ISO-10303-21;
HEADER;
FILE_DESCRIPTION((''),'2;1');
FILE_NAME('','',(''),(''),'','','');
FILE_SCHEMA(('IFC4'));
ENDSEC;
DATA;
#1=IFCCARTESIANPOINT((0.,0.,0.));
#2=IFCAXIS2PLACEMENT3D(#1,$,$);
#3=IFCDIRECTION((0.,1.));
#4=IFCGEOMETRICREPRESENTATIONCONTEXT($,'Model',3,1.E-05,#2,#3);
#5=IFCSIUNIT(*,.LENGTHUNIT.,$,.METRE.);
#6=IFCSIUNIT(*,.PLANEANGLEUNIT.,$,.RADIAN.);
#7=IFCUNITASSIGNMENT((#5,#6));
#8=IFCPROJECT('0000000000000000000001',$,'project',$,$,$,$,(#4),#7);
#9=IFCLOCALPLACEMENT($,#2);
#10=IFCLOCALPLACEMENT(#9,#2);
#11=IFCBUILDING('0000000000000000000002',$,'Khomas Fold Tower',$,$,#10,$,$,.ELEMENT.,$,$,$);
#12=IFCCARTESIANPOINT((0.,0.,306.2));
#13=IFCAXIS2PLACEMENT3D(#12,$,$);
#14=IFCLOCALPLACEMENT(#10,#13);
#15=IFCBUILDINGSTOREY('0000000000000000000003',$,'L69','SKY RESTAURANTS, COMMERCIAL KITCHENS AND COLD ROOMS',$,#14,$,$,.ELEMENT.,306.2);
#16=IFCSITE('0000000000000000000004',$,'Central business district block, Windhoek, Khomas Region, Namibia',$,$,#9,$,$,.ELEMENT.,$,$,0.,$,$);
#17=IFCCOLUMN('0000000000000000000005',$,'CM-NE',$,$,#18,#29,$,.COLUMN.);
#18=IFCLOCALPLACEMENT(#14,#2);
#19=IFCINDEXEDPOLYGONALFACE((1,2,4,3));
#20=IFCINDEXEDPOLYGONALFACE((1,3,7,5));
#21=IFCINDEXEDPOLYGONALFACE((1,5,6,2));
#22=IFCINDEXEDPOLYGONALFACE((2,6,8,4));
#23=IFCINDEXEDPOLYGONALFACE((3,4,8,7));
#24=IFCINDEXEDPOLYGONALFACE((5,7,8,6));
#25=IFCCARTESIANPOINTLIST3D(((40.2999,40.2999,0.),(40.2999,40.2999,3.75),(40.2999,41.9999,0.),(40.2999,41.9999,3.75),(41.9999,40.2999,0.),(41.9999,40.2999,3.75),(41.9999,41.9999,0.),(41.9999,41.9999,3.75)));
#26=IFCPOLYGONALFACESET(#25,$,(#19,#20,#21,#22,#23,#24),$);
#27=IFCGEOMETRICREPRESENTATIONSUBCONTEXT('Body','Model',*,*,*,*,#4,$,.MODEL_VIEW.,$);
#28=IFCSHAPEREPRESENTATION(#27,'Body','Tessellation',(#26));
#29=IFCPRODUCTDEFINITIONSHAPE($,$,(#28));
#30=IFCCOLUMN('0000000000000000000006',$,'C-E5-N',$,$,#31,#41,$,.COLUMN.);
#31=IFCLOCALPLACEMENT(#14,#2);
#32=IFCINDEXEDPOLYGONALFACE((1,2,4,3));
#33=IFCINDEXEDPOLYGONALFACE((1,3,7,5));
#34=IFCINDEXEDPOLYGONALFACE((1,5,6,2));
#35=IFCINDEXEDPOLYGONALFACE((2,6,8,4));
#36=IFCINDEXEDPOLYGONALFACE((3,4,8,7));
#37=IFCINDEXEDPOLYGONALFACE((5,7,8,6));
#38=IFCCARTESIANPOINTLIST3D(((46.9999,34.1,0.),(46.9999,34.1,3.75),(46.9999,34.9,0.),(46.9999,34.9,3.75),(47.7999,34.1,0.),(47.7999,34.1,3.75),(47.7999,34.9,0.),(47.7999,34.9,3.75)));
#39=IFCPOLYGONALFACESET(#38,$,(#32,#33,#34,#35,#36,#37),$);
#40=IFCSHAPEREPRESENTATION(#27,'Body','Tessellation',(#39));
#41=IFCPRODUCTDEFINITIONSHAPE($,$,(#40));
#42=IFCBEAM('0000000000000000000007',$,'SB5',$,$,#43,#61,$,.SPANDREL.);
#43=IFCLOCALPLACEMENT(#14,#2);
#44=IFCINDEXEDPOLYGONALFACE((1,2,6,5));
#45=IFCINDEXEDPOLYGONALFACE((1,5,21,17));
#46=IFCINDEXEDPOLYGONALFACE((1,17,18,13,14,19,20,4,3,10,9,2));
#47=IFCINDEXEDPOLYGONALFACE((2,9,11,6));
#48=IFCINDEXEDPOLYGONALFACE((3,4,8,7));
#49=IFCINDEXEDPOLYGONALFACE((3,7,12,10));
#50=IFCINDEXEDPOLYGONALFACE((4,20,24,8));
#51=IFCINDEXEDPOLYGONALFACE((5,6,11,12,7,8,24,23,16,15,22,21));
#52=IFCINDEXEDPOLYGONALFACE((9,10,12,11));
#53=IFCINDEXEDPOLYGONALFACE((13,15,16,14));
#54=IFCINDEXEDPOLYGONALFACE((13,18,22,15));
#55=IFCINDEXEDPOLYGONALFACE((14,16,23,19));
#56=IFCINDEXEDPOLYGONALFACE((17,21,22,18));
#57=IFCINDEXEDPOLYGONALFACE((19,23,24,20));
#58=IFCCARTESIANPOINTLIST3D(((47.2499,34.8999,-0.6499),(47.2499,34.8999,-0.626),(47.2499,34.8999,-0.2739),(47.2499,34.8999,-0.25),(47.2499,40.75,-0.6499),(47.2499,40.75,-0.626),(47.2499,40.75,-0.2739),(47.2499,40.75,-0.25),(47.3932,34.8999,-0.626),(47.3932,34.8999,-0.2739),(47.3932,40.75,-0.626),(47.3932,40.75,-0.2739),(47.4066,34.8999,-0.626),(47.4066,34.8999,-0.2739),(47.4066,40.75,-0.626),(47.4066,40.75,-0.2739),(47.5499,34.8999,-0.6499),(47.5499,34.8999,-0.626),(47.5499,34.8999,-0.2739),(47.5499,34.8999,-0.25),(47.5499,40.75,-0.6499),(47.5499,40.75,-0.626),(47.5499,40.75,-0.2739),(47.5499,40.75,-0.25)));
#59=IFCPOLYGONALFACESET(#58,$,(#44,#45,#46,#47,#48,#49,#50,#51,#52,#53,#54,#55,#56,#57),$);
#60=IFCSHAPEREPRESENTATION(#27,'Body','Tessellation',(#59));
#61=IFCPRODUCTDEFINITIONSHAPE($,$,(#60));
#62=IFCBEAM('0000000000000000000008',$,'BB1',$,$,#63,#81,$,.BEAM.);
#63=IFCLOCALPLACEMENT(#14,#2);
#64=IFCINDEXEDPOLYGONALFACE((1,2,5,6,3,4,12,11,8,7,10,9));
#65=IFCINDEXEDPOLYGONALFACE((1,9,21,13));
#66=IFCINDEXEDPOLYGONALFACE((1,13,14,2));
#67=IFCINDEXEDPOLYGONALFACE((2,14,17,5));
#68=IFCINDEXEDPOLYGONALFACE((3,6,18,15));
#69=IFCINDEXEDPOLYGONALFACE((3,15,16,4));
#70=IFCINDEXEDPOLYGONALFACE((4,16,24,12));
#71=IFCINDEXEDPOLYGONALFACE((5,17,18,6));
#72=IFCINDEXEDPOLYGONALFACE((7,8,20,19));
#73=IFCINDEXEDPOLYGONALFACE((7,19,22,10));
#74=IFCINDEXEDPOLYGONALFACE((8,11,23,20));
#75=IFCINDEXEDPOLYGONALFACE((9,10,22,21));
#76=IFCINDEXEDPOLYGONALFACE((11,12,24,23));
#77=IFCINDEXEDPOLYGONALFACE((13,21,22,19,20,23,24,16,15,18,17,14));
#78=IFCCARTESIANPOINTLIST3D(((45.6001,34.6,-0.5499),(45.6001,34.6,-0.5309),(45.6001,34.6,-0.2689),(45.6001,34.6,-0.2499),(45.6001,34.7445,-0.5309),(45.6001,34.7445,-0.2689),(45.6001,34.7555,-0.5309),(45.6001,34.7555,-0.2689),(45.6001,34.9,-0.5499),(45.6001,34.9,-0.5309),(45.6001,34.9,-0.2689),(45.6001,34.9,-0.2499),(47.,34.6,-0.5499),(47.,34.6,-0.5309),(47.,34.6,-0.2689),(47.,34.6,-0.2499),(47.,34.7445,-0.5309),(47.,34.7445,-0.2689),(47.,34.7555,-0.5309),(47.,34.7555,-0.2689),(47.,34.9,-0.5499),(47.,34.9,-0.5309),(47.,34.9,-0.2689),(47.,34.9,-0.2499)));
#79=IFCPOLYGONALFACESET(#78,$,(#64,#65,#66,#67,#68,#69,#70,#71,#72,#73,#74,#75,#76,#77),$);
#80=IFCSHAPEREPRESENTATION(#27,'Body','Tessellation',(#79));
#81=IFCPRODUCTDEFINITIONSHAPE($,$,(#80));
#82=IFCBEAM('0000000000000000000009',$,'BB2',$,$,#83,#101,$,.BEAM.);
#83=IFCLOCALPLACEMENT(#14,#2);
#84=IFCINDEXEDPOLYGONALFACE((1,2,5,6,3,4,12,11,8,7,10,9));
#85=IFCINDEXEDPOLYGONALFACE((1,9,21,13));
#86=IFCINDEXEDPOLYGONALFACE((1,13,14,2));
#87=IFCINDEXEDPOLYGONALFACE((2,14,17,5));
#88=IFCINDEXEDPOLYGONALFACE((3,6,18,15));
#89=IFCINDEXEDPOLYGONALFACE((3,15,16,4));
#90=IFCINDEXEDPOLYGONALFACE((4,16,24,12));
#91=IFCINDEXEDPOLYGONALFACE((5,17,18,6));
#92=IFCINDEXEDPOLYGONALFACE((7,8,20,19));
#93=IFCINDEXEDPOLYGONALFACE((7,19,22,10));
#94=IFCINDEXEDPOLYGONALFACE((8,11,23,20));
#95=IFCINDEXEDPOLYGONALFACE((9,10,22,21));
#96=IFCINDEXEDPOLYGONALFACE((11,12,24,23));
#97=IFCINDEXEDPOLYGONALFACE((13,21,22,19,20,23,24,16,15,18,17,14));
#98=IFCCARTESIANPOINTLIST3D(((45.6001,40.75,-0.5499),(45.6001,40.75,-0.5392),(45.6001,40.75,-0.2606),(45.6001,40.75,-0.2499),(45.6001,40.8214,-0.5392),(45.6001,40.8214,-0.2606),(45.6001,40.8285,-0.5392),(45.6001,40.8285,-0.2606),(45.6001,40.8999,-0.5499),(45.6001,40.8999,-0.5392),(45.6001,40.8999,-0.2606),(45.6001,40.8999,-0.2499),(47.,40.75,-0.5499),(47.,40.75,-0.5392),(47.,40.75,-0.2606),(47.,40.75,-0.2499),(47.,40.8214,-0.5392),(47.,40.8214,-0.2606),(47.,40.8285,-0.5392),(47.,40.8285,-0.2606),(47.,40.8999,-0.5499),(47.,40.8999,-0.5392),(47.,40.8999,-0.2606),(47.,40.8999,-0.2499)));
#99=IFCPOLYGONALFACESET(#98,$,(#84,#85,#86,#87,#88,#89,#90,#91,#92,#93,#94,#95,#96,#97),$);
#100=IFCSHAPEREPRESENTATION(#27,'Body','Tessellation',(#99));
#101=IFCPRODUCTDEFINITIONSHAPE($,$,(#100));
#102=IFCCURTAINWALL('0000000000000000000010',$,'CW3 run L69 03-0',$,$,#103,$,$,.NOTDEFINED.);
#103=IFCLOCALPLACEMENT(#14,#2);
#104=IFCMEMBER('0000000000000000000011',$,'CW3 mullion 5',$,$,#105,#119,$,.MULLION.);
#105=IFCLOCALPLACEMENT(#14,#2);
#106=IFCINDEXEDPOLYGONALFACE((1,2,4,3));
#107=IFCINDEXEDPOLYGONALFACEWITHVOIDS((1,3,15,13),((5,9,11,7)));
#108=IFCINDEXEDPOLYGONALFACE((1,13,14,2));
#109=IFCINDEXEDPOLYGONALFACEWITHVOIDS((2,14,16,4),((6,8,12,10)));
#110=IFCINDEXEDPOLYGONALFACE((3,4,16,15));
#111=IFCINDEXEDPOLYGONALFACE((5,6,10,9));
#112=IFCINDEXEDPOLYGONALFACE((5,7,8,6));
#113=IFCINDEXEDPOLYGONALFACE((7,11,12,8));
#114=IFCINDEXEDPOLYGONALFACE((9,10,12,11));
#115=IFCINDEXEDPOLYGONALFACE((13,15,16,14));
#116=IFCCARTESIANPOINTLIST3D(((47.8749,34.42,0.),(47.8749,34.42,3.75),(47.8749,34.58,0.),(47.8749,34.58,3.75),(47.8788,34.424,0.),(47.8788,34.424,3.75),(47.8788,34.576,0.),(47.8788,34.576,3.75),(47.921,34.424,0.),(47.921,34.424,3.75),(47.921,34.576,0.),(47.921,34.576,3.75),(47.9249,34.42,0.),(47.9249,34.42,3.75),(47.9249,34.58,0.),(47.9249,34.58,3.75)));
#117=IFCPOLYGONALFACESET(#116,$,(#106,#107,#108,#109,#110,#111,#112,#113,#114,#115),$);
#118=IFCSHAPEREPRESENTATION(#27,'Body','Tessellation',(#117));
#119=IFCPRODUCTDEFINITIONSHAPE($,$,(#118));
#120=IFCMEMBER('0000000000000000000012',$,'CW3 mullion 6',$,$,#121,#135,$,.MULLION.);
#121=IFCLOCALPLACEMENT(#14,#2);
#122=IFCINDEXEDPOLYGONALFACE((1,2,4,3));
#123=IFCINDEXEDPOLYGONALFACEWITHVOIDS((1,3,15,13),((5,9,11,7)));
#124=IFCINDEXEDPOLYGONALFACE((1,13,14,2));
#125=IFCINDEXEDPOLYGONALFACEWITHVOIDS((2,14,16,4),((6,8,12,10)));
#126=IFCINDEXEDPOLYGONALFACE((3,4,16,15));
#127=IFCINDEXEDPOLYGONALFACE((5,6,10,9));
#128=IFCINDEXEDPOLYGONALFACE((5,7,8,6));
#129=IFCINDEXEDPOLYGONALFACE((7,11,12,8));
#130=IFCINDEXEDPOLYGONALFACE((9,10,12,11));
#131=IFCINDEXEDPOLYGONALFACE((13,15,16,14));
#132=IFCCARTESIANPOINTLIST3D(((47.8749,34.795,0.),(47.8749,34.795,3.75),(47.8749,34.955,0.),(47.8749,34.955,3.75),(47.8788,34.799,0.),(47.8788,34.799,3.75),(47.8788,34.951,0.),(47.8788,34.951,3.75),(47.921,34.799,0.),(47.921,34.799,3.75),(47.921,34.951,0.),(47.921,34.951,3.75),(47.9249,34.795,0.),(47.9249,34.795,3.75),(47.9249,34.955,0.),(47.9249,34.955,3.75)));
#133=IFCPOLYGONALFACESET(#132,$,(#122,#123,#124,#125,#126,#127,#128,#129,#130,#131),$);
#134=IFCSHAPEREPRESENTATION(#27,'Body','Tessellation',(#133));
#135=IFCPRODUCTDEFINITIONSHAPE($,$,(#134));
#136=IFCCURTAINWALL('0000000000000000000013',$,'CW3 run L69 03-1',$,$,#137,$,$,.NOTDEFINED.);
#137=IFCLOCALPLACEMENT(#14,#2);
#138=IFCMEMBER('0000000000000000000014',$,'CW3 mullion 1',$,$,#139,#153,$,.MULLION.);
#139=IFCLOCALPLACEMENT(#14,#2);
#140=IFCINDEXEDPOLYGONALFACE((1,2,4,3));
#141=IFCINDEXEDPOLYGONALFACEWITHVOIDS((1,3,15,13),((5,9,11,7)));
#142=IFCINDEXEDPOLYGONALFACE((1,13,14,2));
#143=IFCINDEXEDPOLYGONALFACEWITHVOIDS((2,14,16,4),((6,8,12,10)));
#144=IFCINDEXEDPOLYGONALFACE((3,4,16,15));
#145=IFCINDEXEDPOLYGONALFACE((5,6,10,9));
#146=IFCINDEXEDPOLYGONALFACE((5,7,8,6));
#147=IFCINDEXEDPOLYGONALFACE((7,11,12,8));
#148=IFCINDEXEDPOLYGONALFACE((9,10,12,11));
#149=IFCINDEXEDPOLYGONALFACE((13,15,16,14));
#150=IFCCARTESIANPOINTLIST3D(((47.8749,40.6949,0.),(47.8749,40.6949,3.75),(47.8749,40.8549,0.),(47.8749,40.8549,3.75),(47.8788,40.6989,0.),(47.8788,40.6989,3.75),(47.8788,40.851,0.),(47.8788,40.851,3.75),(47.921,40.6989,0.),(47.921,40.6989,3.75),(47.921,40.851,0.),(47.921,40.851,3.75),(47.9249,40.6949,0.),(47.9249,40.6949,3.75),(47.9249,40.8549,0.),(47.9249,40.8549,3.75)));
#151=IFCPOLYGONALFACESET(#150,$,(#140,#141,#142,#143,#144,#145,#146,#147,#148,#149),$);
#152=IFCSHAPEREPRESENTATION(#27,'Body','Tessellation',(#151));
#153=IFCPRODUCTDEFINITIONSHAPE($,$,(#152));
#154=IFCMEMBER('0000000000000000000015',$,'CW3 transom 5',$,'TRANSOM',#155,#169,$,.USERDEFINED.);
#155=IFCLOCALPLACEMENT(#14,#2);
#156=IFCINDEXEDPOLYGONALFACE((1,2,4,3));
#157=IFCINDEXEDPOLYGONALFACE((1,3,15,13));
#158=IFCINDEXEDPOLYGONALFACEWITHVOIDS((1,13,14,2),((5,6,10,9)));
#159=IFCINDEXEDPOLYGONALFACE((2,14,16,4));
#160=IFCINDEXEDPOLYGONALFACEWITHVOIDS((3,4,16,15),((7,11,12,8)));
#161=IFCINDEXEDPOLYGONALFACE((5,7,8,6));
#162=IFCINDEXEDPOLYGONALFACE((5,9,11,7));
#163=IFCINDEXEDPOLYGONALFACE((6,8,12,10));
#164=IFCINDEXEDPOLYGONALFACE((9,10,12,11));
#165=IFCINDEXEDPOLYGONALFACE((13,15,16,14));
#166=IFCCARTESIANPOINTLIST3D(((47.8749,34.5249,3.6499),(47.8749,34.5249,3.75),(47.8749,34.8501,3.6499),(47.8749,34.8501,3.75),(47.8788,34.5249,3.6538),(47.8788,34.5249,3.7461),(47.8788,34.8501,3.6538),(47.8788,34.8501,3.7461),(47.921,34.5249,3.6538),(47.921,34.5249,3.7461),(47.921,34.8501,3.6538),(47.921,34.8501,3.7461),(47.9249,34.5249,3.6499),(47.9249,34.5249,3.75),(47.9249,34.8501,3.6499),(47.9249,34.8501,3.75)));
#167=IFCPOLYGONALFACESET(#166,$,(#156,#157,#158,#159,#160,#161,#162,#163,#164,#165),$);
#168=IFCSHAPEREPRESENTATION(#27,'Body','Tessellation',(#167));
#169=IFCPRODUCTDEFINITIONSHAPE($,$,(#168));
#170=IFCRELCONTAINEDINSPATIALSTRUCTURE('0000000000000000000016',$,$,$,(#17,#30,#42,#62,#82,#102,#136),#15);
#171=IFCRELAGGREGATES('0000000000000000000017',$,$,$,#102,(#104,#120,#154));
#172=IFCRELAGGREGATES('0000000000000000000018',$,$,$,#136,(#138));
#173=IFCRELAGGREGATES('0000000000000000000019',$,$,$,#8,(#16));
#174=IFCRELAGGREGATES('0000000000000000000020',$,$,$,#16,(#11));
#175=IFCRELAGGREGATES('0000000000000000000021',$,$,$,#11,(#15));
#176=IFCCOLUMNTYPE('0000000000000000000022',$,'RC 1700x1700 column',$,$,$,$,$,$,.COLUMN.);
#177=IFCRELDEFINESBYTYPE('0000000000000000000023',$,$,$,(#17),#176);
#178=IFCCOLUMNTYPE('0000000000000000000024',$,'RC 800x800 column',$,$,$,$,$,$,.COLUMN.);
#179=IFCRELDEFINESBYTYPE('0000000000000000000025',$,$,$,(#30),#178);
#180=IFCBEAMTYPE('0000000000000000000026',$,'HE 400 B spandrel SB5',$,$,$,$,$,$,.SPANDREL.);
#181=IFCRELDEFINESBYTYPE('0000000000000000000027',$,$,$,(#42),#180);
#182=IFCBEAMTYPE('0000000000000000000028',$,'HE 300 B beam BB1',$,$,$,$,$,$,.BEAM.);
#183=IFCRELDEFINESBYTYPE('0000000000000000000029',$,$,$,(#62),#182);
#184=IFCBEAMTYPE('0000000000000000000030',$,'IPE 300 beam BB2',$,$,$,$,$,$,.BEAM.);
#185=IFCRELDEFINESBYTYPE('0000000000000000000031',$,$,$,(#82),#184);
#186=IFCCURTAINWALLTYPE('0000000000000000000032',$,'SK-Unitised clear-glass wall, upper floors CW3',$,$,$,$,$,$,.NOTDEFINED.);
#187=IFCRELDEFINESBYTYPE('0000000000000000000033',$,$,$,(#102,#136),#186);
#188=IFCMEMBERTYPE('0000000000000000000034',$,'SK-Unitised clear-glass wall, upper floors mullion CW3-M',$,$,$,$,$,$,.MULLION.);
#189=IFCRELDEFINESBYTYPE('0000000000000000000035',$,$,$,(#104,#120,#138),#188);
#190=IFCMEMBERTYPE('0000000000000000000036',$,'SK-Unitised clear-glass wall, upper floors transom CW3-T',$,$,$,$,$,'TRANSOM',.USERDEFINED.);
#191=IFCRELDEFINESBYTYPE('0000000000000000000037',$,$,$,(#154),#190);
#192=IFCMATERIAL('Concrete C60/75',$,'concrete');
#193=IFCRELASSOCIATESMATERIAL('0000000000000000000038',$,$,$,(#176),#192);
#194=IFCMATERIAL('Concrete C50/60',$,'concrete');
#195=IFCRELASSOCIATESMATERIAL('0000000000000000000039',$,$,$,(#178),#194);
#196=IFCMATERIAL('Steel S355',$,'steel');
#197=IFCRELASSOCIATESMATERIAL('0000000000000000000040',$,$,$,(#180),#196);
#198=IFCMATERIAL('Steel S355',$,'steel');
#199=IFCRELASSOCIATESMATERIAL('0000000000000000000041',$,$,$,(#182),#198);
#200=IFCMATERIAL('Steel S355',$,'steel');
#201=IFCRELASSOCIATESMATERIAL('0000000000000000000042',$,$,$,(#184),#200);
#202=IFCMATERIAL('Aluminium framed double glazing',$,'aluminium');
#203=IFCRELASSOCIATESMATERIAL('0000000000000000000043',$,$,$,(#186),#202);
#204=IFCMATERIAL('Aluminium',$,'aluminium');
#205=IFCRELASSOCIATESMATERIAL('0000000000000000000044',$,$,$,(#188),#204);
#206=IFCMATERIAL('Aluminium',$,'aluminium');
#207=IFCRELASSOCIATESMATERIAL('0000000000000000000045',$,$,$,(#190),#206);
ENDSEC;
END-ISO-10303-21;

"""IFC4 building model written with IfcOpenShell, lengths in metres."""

from ifc_helpers import new_model, si_unit, direction, frame, origin, origin_2d, place, context, subcontext, project, spatial, rectangle, hollow_rectangle, i_section, extrude, source, transform, mapped, material, material_profile, profile_set, type_object, element, aggregate, save


model = new_model("IFC4")

# Units and contexts
model_context = context("Model", 3, precision=1e-05, world=origin(), true_north=direction((0.0, 1.0)))
body_context = subcontext(model_context, "Body", "Model", "MODEL_VIEW")
ifc_project = project(units=[si_unit("LENGTHUNIT", "METRE"), si_unit("PLANEANGLEUNIT", "RADIAN")], contexts=[model_context])

# Site, building, storey
site_placement = place(None, origin())
site = spatial("IfcSite", under=ifc_project, at=site_placement, Name="Central business district block, Windhoek, Khomas Region, Namibia", CompositionType="ELEMENT", RefElevation=0.0)
building_placement = place(site_placement, origin())
building = spatial("IfcBuilding", under=site, at=building_placement, Name="Khomas Fold Tower", CompositionType="ELEMENT")
storey_placement = place(building_placement, frame((0.0, 0.0, 306.2)))
storey = spatial("IfcBuildingStorey", under=building, at=storey_placement, Name="L69", Description="SKY RESTAURANTS, COMMERCIAL KITCHENS AND COLD ROOMS", CompositionType="ELEMENT", Elevation=306.2)

# Columns
ifc_material_1 = material(Name="Concrete C60/75", Category="concrete")
ifc_material_profile_1 = material_profile(ifc_material_1, rectangle(XDim=1.7, YDim=1.7, at=origin_2d()), Name="RC 1700x1700")
ifc_profile_set_1 = profile_set([ifc_material_profile_1], Name="Concrete C60/75")
column_type_1 = type_object("IfcColumnType", Name="RC 1700x1700 column", PredefinedType="COLUMN", material=ifc_profile_set_1)
shared_shape_1 = source(origin(), body_context, "Body", "SweptSolid", [
    extrude(rectangle(XDim=1.7, YDim=1.7, at=origin_2d()), origin(), (0.0, 0.0, 1.0), 3.75),
])
column_1_placement = place(storey_placement, frame((41.1499, 41.1499, 0.0), z_axis=(0.0, 0.0, 1.0), x_axis=(1.0, 0.0, 0.0)))
element("IfcColumn", 1, at=column_1_placement, inside=storey, type_object=column_type_1, Name="CM-NE", PredefinedType="COLUMN", context=body_context, shape_type="MappedRepresentation", body=[
    mapped(shared_shape_1, transform((0.0, 0.0, 0.0))),
])
ifc_material_2 = material(Name="Concrete C50/60", Category="concrete")
ifc_material_profile_2 = material_profile(ifc_material_2, rectangle(XDim=0.8, YDim=0.8, at=origin_2d()), Name="RC 800x800")
ifc_profile_set_2 = profile_set([ifc_material_profile_2], Name="Concrete C50/60")
column_type_2 = type_object("IfcColumnType", Name="RC 800x800 column", PredefinedType="COLUMN", material=ifc_profile_set_2)
shared_shape_2 = source(origin(), body_context, "Body", "SweptSolid", [
    extrude(rectangle(XDim=0.8, YDim=0.8, at=origin_2d()), origin(), (0.0, 0.0, 1.0), 3.75),
])
column_2_placement = place(storey_placement, frame((47.3999, 34.5, 0.0), z_axis=(0.0, 0.0, 1.0), x_axis=(1.0, 0.0, 0.0)))
element("IfcColumn", 2, at=column_2_placement, inside=storey, type_object=column_type_2, Name="C-E5-N", PredefinedType="COLUMN", context=body_context, shape_type="MappedRepresentation", body=[
    mapped(shared_shape_2, transform((0.0, 0.0, 0.0))),
])

# Beams
ifc_material_3 = material(Name="Steel S355", Category="steel")
ifc_material_profile_3 = material_profile(ifc_material_3, i_section(OverallWidth=0.3, OverallDepth=0.3999, WebThickness=0.0134, FlangeThickness=0.0239, at=origin_2d()), Name="HE 400 B")
ifc_profile_set_3 = profile_set([ifc_material_profile_3], Name="Steel S355")
beam_type_1 = type_object("IfcBeamType", Name="HE 400 B spandrel SB5", PredefinedType="SPANDREL", material=ifc_profile_set_3)
shared_shape_3 = source(origin(), body_context, "Body", "SweptSolid", [
    extrude(i_section(OverallWidth=0.3, OverallDepth=0.3999, WebThickness=0.0134, FlangeThickness=0.0239, at=origin_2d()), origin(), (0.0, 0.0, 1.0), 5.8501),
])
beam_1_placement = place(storey_placement, frame((47.3999, 34.8999, -0.45), z_axis=(0.0, 1.0, 0.0), x_axis=(-1.0, 0.0, 0.0)))
element("IfcBeam", 3, at=beam_1_placement, inside=storey, type_object=beam_type_1, Name="SB5", PredefinedType="SPANDREL", context=body_context, shape_type="MappedRepresentation", body=[
    mapped(shared_shape_3, transform((0.0, 0.0, 0.0))),
])
ifc_material_4 = material(Name="Steel S355", Category="steel")
ifc_material_profile_4 = material_profile(ifc_material_4, i_section(OverallWidth=0.3, OverallDepth=0.3, WebThickness=0.011, FlangeThickness=0.019, at=origin_2d()), Name="HE 300 B")
ifc_profile_set_4 = profile_set([ifc_material_profile_4], Name="Steel S355")
beam_type_2 = type_object("IfcBeamType", Name="HE 300 B beam BB1", PredefinedType="BEAM", material=ifc_profile_set_4)
shared_shape_4 = source(origin(), body_context, "Body", "SweptSolid", [
    extrude(i_section(OverallWidth=0.3, OverallDepth=0.3, WebThickness=0.011, FlangeThickness=0.019, at=origin_2d()), origin(), (0.0, 0.0, 1.0), 1.3999),
])
beam_2_placement = place(storey_placement, frame((45.6001, 34.75, -0.3999), z_axis=(1.0, 0.0, 0.0), x_axis=(0.0, 1.0, 0.0)))
element("IfcBeam", 4, at=beam_2_placement, inside=storey, type_object=beam_type_2, Name="BB1", PredefinedType="BEAM", context=body_context, shape_type="MappedRepresentation", body=[
    mapped(shared_shape_4, transform((0.0, 0.0, 0.0))),
])
ifc_material_5 = material(Name="Steel S355", Category="steel")
ifc_material_profile_5 = material_profile(ifc_material_5, i_section(OverallWidth=0.1499, OverallDepth=0.3, WebThickness=0.0071, FlangeThickness=0.0107, at=origin_2d()), Name="IPE 300")
ifc_profile_set_5 = profile_set([ifc_material_profile_5], Name="Steel S355")
beam_type_3 = type_object("IfcBeamType", Name="IPE 300 beam BB2", PredefinedType="BEAM", material=ifc_profile_set_5)
shared_shape_5 = source(origin(), body_context, "Body", "SweptSolid", [
    extrude(i_section(OverallWidth=0.1499, OverallDepth=0.3, WebThickness=0.0071, FlangeThickness=0.0107, at=origin_2d()), origin(), (0.0, 0.0, 1.0), 1.3999),
])
beam_3_placement = place(storey_placement, frame((45.6001, 40.825, -0.3999), z_axis=(1.0, 0.0, 0.0), x_axis=(0.0, 1.0, 0.0)))
element("IfcBeam", 5, at=beam_3_placement, inside=storey, type_object=beam_type_3, Name="BB2", PredefinedType="BEAM", context=body_context, shape_type="MappedRepresentation", body=[
    mapped(shared_shape_5, transform((0.0, 0.0, 0.0))),
])

# Curtain wall, members
ifc_material_6 = material(Name="Aluminium framed double glazing", Category="aluminium")
curtain_wall_type = type_object("IfcCurtainWallType", Name="SK-Unitised clear-glass wall, upper floors CW3", PredefinedType="NOTDEFINED", material=ifc_material_6)
curtain_wall_1_placement = place(storey_placement, origin())
curtain_wall_1 = element("IfcCurtainWall", 6, at=curtain_wall_1_placement, inside=storey, type_object=curtain_wall_type, Name="CW3 run L69 03-0", PredefinedType="NOTDEFINED")
ifc_material_7 = material(Name="Aluminium", Category="aluminium")
ifc_material_profile_6 = material_profile(ifc_material_7, hollow_rectangle(XDim=0.05, YDim=0.1599, WallThickness=0.0039, at=origin_2d()), Name="SK-Unitised clear-glass wall, upper floors mullion CW3-M")
ifc_profile_set_6 = profile_set([ifc_material_profile_6], Name="Aluminium")
member_type_1 = type_object("IfcMemberType", Name="SK-Unitised clear-glass wall, upper floors mullion CW3-M", PredefinedType="MULLION", material=ifc_profile_set_6)
shared_shape_6 = source(origin(), body_context, "Body", "SweptSolid", [
    extrude(hollow_rectangle(XDim=0.05, YDim=0.1599, WallThickness=0.0039, at=origin_2d()), origin(), (0.0, 0.0, 1.0), 3.75),
])
member_1_placement = place(storey_placement, frame((47.8999, 34.5, 0.0), z_axis=(0.0, 0.0, 1.0), x_axis=(-1.0, 0.0, 0.0)))
member_1 = element("IfcMember", 7, at=member_1_placement, type_object=member_type_1, Name="CW3 mullion 5", PredefinedType="MULLION", context=body_context, shape_type="MappedRepresentation", body=[
    mapped(shared_shape_6, transform((0.0, 0.0, 0.0))),
])
member_2_placement = place(storey_placement, frame((47.8999, 34.875, 0.0), z_axis=(0.0, 0.0, 1.0), x_axis=(-1.0, 0.0, 0.0)))
member_2 = element("IfcMember", 8, at=member_2_placement, type_object=member_type_1, Name="CW3 mullion 6", PredefinedType="MULLION", context=body_context, shape_type="MappedRepresentation", body=[
    mapped(shared_shape_6, transform((0.0, 0.0, 0.0))),
])

# Curtain wall, member
curtain_wall_2_placement = place(storey_placement, origin())
curtain_wall_2 = element("IfcCurtainWall", 9, at=curtain_wall_2_placement, inside=storey, type_object=curtain_wall_type, Name="CW3 run L69 03-1", PredefinedType="NOTDEFINED")
member_3_placement = place(storey_placement, frame((47.8999, 40.7749, 0.0), z_axis=(0.0, 0.0, 1.0), x_axis=(-1.0, 0.0, 0.0)))
member_3 = element("IfcMember", 10, at=member_3_placement, type_object=member_type_1, Name="CW3 mullion 1", PredefinedType="MULLION", context=body_context, shape_type="MappedRepresentation", body=[
    mapped(shared_shape_6, transform((0.0, 0.0, 0.0))),
])

# Member
ifc_material_8 = material(Name="Aluminium", Category="aluminium")
ifc_material_profile_7 = material_profile(ifc_material_8, hollow_rectangle(XDim=0.05, YDim=0.1001, WallThickness=0.0039, at=origin_2d()), Name="SK-Unitised clear-glass wall, upper floors transom CW3-T")
ifc_profile_set_7 = profile_set([ifc_material_profile_7], Name="Aluminium")
member_type_2 = type_object("IfcMemberType", Name="SK-Unitised clear-glass wall, upper floors transom CW3-T", ElementType="TRANSOM", PredefinedType="USERDEFINED", material=ifc_profile_set_7)
shared_shape_7 = source(origin(), body_context, "Body", "SweptSolid", [
    extrude(hollow_rectangle(XDim=0.05, YDim=0.1001, WallThickness=0.0039, at=origin_2d()), origin(), (0.0, 0.0, 1.0), 0.3252),
])
member_4_placement = place(storey_placement, frame((47.8999, 34.5249, 3.7), z_axis=(0.0, 1.0, 0.0), x_axis=(-1.0, 0.0, 0.0)))
member_4 = element("IfcMember", 11, at=member_4_placement, type_object=member_type_2, Name="CW3 transom 5", ObjectType="TRANSOM", PredefinedType="USERDEFINED", context=body_context, shape_type="MappedRepresentation", body=[
    mapped(shared_shape_7, transform((0.0, 0.0, 0.0))),
])

aggregate(curtain_wall_1, [member_1, member_2, member_4])
aggregate(curtain_wall_2, [member_3])

save(model, "model.ifc")
